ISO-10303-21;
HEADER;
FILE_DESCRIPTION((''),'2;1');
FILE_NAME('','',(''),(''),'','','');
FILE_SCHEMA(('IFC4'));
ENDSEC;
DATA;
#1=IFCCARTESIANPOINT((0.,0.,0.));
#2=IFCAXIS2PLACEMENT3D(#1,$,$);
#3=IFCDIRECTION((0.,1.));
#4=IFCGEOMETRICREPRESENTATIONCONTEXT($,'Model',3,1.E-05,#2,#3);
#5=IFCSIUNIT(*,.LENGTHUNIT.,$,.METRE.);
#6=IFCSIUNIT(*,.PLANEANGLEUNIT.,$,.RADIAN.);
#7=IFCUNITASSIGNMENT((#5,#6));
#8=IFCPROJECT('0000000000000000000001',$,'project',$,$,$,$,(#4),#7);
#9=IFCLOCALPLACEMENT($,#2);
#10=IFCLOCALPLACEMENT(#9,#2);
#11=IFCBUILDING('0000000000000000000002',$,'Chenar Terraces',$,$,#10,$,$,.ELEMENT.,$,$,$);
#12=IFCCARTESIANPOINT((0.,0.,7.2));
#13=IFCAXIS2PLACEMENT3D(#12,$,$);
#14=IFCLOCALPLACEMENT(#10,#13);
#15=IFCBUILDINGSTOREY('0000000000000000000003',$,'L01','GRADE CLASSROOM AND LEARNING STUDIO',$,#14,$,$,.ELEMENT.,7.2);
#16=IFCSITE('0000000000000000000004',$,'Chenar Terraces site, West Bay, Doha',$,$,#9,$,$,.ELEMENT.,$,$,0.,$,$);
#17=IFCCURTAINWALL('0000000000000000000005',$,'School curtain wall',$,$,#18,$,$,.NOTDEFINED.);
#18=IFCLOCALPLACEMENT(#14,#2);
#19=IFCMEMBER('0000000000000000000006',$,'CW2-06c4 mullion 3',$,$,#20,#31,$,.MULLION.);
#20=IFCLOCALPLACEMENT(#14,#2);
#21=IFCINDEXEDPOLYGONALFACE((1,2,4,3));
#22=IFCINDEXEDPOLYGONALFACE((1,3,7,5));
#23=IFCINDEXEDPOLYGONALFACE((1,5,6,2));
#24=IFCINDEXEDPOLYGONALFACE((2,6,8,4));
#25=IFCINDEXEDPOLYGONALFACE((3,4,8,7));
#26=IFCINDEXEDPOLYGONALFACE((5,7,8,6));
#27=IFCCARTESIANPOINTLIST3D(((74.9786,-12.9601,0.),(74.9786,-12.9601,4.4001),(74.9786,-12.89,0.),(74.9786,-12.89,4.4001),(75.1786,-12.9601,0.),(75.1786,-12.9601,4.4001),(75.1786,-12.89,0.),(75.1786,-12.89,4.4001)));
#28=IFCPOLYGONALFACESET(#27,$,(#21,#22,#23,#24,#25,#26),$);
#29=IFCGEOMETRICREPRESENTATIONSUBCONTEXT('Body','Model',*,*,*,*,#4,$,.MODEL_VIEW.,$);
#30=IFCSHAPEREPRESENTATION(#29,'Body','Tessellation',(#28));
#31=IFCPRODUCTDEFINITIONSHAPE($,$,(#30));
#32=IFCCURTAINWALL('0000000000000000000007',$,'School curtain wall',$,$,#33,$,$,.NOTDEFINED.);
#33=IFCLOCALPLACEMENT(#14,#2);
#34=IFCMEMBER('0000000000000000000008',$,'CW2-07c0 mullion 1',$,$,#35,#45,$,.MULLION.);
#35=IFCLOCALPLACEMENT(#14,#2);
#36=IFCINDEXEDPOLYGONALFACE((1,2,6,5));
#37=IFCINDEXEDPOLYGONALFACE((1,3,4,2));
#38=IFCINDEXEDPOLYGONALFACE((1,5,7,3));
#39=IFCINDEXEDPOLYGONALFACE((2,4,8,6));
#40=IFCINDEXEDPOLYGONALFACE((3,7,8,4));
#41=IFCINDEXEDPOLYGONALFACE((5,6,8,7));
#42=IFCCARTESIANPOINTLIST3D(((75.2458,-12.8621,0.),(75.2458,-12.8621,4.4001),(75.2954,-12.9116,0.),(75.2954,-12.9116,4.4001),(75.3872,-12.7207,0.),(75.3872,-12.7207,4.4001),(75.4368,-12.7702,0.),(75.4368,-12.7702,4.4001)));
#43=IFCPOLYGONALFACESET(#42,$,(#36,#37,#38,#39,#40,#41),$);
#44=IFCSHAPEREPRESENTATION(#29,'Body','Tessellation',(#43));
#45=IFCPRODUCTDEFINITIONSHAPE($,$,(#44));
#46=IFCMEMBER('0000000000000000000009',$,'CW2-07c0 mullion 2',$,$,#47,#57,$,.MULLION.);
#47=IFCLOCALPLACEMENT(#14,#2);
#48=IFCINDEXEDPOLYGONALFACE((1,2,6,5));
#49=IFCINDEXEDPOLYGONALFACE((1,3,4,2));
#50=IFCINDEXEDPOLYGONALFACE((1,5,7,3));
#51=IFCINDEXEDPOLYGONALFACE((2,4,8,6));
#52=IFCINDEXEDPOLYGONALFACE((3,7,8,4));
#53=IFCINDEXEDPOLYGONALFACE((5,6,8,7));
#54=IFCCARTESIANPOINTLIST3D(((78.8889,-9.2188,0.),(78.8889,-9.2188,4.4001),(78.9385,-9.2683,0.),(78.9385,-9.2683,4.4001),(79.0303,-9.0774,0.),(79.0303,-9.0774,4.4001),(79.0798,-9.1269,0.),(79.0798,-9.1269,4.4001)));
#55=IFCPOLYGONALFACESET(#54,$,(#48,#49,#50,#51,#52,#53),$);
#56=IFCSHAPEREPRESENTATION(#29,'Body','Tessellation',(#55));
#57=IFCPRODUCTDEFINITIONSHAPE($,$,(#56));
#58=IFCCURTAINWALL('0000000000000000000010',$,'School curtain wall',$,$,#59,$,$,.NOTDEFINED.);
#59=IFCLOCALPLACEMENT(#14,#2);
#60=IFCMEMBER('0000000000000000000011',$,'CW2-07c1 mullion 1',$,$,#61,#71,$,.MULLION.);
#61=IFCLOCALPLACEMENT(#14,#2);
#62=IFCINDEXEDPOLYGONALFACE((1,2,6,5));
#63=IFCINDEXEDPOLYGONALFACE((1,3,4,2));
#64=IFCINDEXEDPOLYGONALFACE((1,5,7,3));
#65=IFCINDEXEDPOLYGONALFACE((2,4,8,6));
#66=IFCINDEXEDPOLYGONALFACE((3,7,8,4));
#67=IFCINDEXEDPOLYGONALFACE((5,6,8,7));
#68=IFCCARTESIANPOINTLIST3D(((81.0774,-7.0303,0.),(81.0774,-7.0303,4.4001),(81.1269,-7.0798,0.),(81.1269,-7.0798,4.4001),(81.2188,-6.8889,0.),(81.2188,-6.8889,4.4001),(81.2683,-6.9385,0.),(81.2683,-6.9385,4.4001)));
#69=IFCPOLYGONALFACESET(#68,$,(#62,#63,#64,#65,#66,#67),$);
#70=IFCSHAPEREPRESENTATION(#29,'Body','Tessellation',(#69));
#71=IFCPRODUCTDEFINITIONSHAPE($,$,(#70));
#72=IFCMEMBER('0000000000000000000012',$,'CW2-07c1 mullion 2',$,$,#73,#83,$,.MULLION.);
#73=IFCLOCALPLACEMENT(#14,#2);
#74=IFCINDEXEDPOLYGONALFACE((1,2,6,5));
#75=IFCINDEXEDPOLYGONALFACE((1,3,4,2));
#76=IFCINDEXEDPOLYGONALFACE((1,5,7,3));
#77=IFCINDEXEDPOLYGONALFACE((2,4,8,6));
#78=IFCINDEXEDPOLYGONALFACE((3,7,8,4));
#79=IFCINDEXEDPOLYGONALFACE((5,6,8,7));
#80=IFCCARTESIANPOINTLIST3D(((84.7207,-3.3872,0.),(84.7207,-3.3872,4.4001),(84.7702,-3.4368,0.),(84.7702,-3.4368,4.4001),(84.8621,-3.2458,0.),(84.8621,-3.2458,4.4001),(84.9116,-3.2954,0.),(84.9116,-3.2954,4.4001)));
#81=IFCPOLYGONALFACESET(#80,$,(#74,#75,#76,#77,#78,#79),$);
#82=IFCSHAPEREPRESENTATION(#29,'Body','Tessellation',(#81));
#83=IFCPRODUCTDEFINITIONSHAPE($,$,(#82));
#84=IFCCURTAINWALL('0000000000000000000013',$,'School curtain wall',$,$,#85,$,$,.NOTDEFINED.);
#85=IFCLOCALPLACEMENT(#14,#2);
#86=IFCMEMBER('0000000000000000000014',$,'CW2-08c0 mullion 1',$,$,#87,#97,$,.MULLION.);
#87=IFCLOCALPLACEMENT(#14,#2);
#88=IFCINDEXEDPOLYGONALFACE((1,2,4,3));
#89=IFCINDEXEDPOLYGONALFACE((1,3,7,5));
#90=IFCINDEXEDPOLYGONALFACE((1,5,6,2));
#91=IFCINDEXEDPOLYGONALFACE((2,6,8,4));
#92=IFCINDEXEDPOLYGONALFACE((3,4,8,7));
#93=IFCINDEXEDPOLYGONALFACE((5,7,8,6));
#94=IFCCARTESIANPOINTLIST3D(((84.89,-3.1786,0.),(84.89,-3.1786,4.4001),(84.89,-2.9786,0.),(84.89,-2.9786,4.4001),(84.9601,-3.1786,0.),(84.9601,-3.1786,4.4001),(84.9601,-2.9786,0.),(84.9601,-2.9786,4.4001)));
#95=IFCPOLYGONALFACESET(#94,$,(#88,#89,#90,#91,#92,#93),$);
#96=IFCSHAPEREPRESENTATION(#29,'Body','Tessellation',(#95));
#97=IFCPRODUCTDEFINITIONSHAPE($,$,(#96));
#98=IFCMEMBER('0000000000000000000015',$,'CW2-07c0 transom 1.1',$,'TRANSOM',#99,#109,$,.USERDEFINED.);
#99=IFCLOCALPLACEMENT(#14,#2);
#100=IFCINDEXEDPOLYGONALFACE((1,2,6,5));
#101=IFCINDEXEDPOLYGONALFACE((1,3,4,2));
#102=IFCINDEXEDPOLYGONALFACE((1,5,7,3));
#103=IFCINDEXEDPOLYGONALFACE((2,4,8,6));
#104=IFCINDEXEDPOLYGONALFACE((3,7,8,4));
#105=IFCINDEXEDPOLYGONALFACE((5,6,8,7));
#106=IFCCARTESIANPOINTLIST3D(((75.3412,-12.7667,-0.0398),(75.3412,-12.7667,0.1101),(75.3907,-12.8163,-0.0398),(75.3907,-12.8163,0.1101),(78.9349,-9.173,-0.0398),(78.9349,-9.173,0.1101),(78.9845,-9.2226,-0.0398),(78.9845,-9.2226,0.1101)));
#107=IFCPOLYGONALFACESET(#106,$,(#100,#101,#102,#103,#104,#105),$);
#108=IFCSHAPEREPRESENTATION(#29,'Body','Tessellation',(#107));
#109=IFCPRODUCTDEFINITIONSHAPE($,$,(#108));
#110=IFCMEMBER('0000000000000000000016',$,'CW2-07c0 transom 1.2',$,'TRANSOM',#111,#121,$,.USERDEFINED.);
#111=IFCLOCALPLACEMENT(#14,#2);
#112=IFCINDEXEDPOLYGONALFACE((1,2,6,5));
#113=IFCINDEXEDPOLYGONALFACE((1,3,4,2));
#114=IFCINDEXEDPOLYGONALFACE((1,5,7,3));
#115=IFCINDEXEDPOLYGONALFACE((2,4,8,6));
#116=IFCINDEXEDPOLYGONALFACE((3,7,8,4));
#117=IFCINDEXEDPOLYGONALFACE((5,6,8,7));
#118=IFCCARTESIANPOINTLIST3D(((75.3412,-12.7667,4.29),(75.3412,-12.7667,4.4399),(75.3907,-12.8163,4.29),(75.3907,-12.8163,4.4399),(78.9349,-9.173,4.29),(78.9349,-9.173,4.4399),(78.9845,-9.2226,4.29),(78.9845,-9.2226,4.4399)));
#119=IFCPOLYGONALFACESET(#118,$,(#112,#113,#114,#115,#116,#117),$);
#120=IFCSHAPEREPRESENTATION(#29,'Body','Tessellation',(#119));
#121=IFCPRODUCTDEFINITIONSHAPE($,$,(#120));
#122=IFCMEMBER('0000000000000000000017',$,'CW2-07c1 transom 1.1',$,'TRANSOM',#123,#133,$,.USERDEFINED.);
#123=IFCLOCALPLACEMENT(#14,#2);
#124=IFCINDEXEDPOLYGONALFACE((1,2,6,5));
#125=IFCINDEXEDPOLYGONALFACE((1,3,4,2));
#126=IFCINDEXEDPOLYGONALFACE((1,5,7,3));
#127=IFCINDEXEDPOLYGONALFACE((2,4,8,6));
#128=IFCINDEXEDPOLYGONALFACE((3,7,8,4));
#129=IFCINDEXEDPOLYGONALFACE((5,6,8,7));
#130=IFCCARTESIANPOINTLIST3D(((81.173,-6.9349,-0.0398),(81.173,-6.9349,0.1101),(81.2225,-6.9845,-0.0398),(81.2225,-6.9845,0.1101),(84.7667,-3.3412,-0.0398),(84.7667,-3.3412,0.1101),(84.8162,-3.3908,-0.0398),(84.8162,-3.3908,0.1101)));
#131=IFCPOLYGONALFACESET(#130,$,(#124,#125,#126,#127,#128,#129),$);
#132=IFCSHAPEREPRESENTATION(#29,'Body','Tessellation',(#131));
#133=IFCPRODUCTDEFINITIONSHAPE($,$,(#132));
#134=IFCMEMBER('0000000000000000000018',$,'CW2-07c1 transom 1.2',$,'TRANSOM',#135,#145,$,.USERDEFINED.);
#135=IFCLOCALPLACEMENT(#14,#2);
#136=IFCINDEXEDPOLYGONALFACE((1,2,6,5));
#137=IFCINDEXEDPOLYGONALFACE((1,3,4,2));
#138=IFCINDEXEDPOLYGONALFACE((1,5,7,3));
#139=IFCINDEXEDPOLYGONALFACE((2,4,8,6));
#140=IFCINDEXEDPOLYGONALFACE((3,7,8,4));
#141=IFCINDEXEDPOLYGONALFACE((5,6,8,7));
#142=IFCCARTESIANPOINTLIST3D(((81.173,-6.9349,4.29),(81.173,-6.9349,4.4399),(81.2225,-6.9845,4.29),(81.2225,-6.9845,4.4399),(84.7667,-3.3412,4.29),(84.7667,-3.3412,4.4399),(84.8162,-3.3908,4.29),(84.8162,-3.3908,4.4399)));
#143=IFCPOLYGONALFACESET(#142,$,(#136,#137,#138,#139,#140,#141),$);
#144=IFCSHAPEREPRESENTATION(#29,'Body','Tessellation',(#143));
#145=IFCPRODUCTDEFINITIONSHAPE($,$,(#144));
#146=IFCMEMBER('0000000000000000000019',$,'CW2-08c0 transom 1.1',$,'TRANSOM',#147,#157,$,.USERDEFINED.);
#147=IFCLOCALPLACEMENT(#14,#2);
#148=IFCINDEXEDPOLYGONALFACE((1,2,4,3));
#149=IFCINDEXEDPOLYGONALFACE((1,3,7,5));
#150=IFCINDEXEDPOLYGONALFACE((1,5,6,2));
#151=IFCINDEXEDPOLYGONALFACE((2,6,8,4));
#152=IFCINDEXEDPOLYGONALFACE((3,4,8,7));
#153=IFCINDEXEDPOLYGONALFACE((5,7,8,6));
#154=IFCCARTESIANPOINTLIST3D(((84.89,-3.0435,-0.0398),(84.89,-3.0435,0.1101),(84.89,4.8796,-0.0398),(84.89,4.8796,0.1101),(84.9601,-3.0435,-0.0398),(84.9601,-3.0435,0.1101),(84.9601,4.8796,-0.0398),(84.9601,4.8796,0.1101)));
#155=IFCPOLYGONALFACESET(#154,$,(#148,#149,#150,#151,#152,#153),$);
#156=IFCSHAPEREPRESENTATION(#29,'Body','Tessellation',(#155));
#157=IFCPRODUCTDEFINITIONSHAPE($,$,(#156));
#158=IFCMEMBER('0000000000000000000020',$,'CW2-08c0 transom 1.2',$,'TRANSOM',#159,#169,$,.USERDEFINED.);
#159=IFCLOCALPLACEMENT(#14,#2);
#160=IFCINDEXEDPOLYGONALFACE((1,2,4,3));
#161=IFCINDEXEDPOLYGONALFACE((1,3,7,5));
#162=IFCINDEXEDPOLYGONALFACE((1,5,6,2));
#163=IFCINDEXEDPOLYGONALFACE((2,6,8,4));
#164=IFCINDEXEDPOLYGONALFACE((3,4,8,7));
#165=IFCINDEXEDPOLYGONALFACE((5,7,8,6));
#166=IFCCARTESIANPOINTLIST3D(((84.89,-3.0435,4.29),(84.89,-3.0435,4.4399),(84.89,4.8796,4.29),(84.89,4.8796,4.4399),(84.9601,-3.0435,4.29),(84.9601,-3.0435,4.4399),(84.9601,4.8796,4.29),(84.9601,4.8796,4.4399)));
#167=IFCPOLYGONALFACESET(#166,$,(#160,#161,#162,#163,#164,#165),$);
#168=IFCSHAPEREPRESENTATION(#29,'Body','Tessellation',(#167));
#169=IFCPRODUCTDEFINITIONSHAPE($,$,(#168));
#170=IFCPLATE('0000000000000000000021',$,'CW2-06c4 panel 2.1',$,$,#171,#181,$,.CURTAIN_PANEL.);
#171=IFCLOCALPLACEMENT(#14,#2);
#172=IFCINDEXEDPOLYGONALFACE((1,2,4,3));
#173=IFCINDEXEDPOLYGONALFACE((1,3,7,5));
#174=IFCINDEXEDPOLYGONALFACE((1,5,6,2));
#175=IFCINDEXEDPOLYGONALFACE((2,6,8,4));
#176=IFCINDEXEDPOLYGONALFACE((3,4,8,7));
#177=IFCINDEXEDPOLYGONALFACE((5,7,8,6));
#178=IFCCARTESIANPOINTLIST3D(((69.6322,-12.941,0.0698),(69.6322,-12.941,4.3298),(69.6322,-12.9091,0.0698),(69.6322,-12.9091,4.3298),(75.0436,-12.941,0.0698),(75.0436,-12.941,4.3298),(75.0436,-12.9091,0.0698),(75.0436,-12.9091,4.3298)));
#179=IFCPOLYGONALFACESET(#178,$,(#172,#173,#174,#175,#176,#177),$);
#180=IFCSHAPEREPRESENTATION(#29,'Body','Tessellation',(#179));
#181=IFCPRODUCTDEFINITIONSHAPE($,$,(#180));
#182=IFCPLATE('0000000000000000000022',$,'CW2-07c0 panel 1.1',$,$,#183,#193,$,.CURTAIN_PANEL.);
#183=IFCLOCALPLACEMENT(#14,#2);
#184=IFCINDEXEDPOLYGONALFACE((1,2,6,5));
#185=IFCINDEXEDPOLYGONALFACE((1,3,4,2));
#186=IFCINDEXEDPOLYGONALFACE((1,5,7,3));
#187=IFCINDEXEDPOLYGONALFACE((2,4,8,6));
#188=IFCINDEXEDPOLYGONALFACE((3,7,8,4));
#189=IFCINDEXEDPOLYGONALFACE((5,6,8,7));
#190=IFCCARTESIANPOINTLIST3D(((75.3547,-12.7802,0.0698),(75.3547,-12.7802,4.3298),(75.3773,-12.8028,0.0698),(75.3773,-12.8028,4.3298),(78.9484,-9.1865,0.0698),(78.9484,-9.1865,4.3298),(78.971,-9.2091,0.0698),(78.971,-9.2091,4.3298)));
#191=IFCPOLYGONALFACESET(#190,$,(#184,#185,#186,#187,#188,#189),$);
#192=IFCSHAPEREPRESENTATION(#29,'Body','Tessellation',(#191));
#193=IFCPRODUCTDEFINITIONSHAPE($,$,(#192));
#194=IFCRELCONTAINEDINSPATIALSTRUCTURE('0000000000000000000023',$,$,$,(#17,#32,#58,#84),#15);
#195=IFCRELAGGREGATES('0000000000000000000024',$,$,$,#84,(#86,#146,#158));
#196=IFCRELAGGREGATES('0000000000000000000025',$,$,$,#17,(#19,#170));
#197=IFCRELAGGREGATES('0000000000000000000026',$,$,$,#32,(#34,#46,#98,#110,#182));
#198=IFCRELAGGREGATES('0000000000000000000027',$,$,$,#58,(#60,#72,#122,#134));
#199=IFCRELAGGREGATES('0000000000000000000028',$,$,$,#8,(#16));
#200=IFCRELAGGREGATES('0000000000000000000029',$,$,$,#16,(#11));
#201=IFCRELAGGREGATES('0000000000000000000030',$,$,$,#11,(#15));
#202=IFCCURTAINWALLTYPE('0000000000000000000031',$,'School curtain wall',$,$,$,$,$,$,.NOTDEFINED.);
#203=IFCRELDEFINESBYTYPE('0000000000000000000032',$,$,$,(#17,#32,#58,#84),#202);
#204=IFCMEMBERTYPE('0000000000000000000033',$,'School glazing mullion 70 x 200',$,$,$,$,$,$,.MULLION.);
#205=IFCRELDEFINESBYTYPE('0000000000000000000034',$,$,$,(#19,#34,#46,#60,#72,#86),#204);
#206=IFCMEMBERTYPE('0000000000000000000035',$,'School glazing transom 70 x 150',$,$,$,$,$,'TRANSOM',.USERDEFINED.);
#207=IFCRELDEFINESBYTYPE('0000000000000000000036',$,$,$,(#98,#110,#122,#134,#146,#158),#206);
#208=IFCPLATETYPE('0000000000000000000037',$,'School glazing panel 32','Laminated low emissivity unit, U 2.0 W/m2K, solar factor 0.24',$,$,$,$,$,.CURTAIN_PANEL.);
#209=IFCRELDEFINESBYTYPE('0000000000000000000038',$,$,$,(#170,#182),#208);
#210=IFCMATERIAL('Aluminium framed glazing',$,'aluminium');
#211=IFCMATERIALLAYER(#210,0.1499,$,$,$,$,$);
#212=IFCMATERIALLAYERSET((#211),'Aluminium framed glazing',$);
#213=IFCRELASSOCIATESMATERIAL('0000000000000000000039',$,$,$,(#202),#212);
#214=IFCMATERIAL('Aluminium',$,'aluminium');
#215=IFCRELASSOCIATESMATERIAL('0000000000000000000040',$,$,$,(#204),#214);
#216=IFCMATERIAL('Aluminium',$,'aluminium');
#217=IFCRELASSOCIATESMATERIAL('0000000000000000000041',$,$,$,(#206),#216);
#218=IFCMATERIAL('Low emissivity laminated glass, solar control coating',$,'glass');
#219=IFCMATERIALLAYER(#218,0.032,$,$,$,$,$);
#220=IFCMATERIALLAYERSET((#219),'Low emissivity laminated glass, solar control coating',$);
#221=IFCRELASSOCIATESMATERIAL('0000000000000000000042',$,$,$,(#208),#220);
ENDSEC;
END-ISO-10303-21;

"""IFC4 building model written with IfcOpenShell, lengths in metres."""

from ifc_helpers import new_model, si_unit, direction, frame, origin, origin_2d, place, context, subcontext, project, spatial, rectangle, extrude, material, layer, layer_set, material_profile, profile_set, type_object, element, aggregate, save


model = new_model("IFC4")

# Units and contexts
model_context = context("Model", 3, precision=1e-05, world=origin(), true_north=direction((0.0, 1.0)))
body_context = subcontext(model_context, "Body", "Model", "MODEL_VIEW")
ifc_project = project(units=[si_unit("LENGTHUNIT", "METRE"), si_unit("PLANEANGLEUNIT", "RADIAN")], contexts=[model_context])

# Site, building, storey
site_placement = place(None, origin())
site = spatial("IfcSite", under=ifc_project, at=site_placement, Name="Chenar Terraces site, West Bay, Doha", CompositionType="ELEMENT", RefElevation=0.0)
building_placement = place(site_placement, origin())
building = spatial("IfcBuilding", under=site, at=building_placement, Name="Chenar Terraces", CompositionType="ELEMENT")
storey_placement = place(building_placement, frame((0.0, 0.0, 7.2)))
storey = spatial("IfcBuildingStorey", under=building, at=storey_placement, Name="L01", Description="GRADE CLASSROOM AND LEARNING STUDIO", CompositionType="ELEMENT", Elevation=7.2)

# Curtain wall, member
ifc_material_1 = material(Name="Aluminium framed glazing", Category="aluminium")
ifc_layer_1 = layer(ifc_material_1, 0.1499)
ifc_layer_set_1 = layer_set([ifc_layer_1], Name="Aluminium framed glazing")
curtain_wall_type = type_object("IfcCurtainWallType", Name="School curtain wall", PredefinedType="NOTDEFINED", material=ifc_layer_set_1)
placement = place(storey_placement, origin())
curtain_wall_1 = element("IfcCurtainWall", 1, at=placement, inside=storey, type_object=curtain_wall_type, Name="School curtain wall", PredefinedType="NOTDEFINED")
ifc_material_2 = material(Name="Aluminium", Category="aluminium")
ifc_material_profile_1 = material_profile(ifc_material_2, rectangle(XDim=0.0701, YDim=0.2, at=origin_2d()), Name="School glazing mullion 70 x 200")
ifc_profile_set_1 = profile_set([ifc_material_profile_1], Name="Aluminium")
member_type_1 = type_object("IfcMemberType", Name="School glazing mullion 70 x 200", PredefinedType="MULLION", material=ifc_profile_set_1)
member_1_placement = place(storey_placement, frame((75.0786, -12.925, 0.0), z_axis=(0.0, 0.0, 1.0), x_axis=(0.0, 1.0, 0.0)))
member_1 = element("IfcMember", 2, at=member_1_placement, type_object=member_type_1, Name="CW2-06c4 mullion 3", PredefinedType="MULLION", context=body_context, shape_type="SweptSolid", body=[
    extrude(rectangle(XDim=0.0701, YDim=0.2, at=origin_2d()), origin(), (0.0, 0.0, 1.0), 4.4001),
])

# Curtain walls, members
curtain_wall_2 = element("IfcCurtainWall", 3, at=placement, inside=storey, type_object=curtain_wall_type, Name="School curtain wall", PredefinedType="NOTDEFINED")
member_2_placement = place(storey_placement, frame((75.3413, -12.8162, 0.0), z_axis=(0.0, 0.0, 1.0), x_axis=(-0.707107, 0.707107, 0.0)))
member_2 = element("IfcMember", 4, at=member_2_placement, type_object=member_type_1, Name="CW2-07c0 mullion 1", PredefinedType="MULLION", context=body_context, shape_type="SweptSolid", body=[
    extrude(rectangle(XDim=0.0701, YDim=0.2, at=origin_2d()), origin(), (0.0, 0.0, 1.0), 4.4001),
])
member_3_placement = place(storey_placement, frame((78.9844, -9.1729, 0.0), z_axis=(0.0, 0.0, 1.0), x_axis=(-0.707107, 0.707107, 0.0)))
member_3 = element("IfcMember", 5, at=member_3_placement, type_object=member_type_1, Name="CW2-07c0 mullion 2", PredefinedType="MULLION", context=body_context, shape_type="SweptSolid", body=[
    extrude(rectangle(XDim=0.0701, YDim=0.2, at=origin_2d()), origin(), (0.0, 0.0, 1.0), 4.4001),
])
curtain_wall_3 = element("IfcCurtainWall", 6, at=placement, inside=storey, type_object=curtain_wall_type, Name="School curtain wall", PredefinedType="NOTDEFINED")
member_4_placement = place(storey_placement, frame((81.1729, -6.9844, 0.0), z_axis=(0.0, 0.0, 1.0), x_axis=(-0.707107, 0.707107, 0.0)))
member_4 = element("IfcMember", 7, at=member_4_placement, type_object=member_type_1, Name="CW2-07c1 mullion 1", PredefinedType="MULLION", context=body_context, shape_type="SweptSolid", body=[
    extrude(rectangle(XDim=0.0701, YDim=0.2, at=origin_2d()), origin(), (0.0, 0.0, 1.0), 4.4001),
])
member_5_placement = place(storey_placement, frame((84.8162, -3.3413, 0.0), z_axis=(0.0, 0.0, 1.0), x_axis=(-0.707107, 0.707107, 0.0)))
member_5 = element("IfcMember", 8, at=member_5_placement, type_object=member_type_1, Name="CW2-07c1 mullion 2", PredefinedType="MULLION", context=body_context, shape_type="SweptSolid", body=[
    extrude(rectangle(XDim=0.0701, YDim=0.2, at=origin_2d()), origin(), (0.0, 0.0, 1.0), 4.4001),
])

# Curtain wall, member
curtain_wall_4 = element("IfcCurtainWall", 9, at=placement, inside=storey, type_object=curtain_wall_type, Name="School curtain wall", PredefinedType="NOTDEFINED")
member_6_placement = place(storey_placement, frame((84.925, -3.0786, 0.0), z_axis=(0.0, 0.0, 1.0), x_axis=(-1.0, 0.0, 0.0)))
member_6 = element("IfcMember", 10, at=member_6_placement, type_object=member_type_1, Name="CW2-08c0 mullion 1", PredefinedType="MULLION", context=body_context, shape_type="SweptSolid", body=[
    extrude(rectangle(XDim=0.0701, YDim=0.2, at=origin_2d()), origin(), (0.0, 0.0, 1.0), 4.4001),
])

# Members
ifc_material_3 = material(Name="Aluminium", Category="aluminium")
ifc_material_profile_2 = material_profile(ifc_material_3, rectangle(XDim=0.0701, YDim=0.1499, at=origin_2d()), Name="School glazing transom 70 x 150")
ifc_profile_set_2 = profile_set([ifc_material_profile_2], Name="Aluminium")
member_type_2 = type_object("IfcMemberType", Name="School glazing transom 70 x 150", ElementType="TRANSOM", PredefinedType="USERDEFINED", material=ifc_profile_set_2)
member_7_placement = place(storey_placement, frame((75.366, -12.7915, 0.0352), z_axis=(0.707107, 0.707107, 0.0), x_axis=(-0.707107, 0.707107, 0.0)))
member_7 = element("IfcMember", 11, at=member_7_placement, type_object=member_type_2, Name="CW2-07c0 transom 1.1", ObjectType="TRANSOM", PredefinedType="USERDEFINED", context=body_context, shape_type="SweptSolid", body=[
    extrude(rectangle(XDim=0.0701, YDim=0.1499, at=origin_2d()), origin(), (0.0, 0.0, 1.0), 5.0823),
])
member_8_placement = place(storey_placement, frame((75.366, -12.7915, 4.365), z_axis=(0.707107, 0.707107, 0.0), x_axis=(-0.707107, 0.707107, 0.0)))
member_8 = element("IfcMember", 12, at=member_8_placement, type_object=member_type_2, Name="CW2-07c0 transom 1.2", ObjectType="TRANSOM", PredefinedType="USERDEFINED", context=body_context, shape_type="SweptSolid", body=[
    extrude(rectangle(XDim=0.0701, YDim=0.1499, at=origin_2d()), origin(), (0.0, 0.0, 1.0), 5.0823),
])
member_9_placement = place(storey_placement, frame((81.1978, -6.9597, 0.0352), z_axis=(0.707107, 0.707107, 0.0), x_axis=(-0.707107, 0.707107, 0.0)))
member_9 = element("IfcMember", 13, at=member_9_placement, type_object=member_type_2, Name="CW2-07c1 transom 1.1", ObjectType="TRANSOM", PredefinedType="USERDEFINED", context=body_context, shape_type="SweptSolid", body=[
    extrude(rectangle(XDim=0.0701, YDim=0.1499, at=origin_2d()), origin(), (0.0, 0.0, 1.0), 5.0823),
])
member_10_placement = place(storey_placement, frame((81.1978, -6.9597, 4.365), z_axis=(0.707107, 0.707107, 0.0), x_axis=(-0.707107, 0.707107, 0.0)))
member_10 = element("IfcMember", 14, at=member_10_placement, type_object=member_type_2, Name="CW2-07c1 transom 1.2", ObjectType="TRANSOM", PredefinedType="USERDEFINED", context=body_context, shape_type="SweptSolid", body=[
    extrude(rectangle(XDim=0.0701, YDim=0.1499, at=origin_2d()), origin(), (0.0, 0.0, 1.0), 5.0823),
])
member_11_placement = place(storey_placement, frame((84.925, -3.0435, 0.0352), z_axis=(0.0, 1.0, 0.0), x_axis=(-1.0, 0.0, 0.0)))
member_11 = element("IfcMember", 15, at=member_11_placement, type_object=member_type_2, Name="CW2-08c0 transom 1.1", ObjectType="TRANSOM", PredefinedType="USERDEFINED", context=body_context, shape_type="SweptSolid", body=[
    extrude(rectangle(XDim=0.0701, YDim=0.1499, at=origin_2d()), origin(), (0.0, 0.0, 1.0), 7.9231),
])
member_12_placement = place(storey_placement, frame((84.925, -3.0435, 4.365), z_axis=(0.0, 1.0, 0.0), x_axis=(-1.0, 0.0, 0.0)))
member_12 = element("IfcMember", 16, at=member_12_placement, type_object=member_type_2, Name="CW2-08c0 transom 1.2", ObjectType="TRANSOM", PredefinedType="USERDEFINED", context=body_context, shape_type="SweptSolid", body=[
    extrude(rectangle(XDim=0.0701, YDim=0.1499, at=origin_2d()), origin(), (0.0, 0.0, 1.0), 7.9231),
])
aggregate(curtain_wall_4, [member_6, member_11, member_12])

# Plates
ifc_material_4 = material(Name="Low emissivity laminated glass, solar control coating", Category="glass")
ifc_layer_2 = layer(ifc_material_4, 0.032)
ifc_layer_set_2 = layer_set([ifc_layer_2], Name="Low emissivity laminated glass, solar control coating")
plate_type = type_object("IfcPlateType", Name="School glazing panel 32", Description="Laminated low emissivity unit, U 2.0 W/m2K, solar factor 0.24", PredefinedType="CURTAIN_PANEL", material=ifc_layer_set_2)
plate_1_placement = place(storey_placement, frame((72.3379, -12.925, 0.0698), z_axis=(0.0, 0.0, 1.0), x_axis=(1.0, 0.0, 0.0)))
plate_1 = element("IfcPlate", 17, at=plate_1_placement, type_object=plate_type, Name="CW2-06c4 panel 2.1", PredefinedType="CURTAIN_PANEL", context=body_context, shape_type="SweptSolid", body=[
    extrude(rectangle(XDim=5.4114, YDim=0.032, at=origin_2d()), origin(), (0.0, 0.0, 1.0), 4.26),
])
aggregate(curtain_wall_1, [member_1, plate_1])
plate_2_placement = place(storey_placement, frame((77.1628, -10.9946, 0.0698), z_axis=(0.0, 0.0, 1.0), x_axis=(0.707107, 0.707107, 0.0)))
plate_2 = element("IfcPlate", 18, at=plate_2_placement, type_object=plate_type, Name="CW2-07c0 panel 1.1", PredefinedType="CURTAIN_PANEL", context=body_context, shape_type="SweptSolid", body=[
    extrude(rectangle(XDim=5.0823, YDim=0.032, at=origin_2d()), origin(), (0.0, 0.0, 1.0), 4.26),
])
aggregate(curtain_wall_2, [member_2, member_3, member_7, member_8, plate_2])
aggregate(curtain_wall_3, [member_4, member_5, member_9, member_10])

save(model, "model.ifc")
